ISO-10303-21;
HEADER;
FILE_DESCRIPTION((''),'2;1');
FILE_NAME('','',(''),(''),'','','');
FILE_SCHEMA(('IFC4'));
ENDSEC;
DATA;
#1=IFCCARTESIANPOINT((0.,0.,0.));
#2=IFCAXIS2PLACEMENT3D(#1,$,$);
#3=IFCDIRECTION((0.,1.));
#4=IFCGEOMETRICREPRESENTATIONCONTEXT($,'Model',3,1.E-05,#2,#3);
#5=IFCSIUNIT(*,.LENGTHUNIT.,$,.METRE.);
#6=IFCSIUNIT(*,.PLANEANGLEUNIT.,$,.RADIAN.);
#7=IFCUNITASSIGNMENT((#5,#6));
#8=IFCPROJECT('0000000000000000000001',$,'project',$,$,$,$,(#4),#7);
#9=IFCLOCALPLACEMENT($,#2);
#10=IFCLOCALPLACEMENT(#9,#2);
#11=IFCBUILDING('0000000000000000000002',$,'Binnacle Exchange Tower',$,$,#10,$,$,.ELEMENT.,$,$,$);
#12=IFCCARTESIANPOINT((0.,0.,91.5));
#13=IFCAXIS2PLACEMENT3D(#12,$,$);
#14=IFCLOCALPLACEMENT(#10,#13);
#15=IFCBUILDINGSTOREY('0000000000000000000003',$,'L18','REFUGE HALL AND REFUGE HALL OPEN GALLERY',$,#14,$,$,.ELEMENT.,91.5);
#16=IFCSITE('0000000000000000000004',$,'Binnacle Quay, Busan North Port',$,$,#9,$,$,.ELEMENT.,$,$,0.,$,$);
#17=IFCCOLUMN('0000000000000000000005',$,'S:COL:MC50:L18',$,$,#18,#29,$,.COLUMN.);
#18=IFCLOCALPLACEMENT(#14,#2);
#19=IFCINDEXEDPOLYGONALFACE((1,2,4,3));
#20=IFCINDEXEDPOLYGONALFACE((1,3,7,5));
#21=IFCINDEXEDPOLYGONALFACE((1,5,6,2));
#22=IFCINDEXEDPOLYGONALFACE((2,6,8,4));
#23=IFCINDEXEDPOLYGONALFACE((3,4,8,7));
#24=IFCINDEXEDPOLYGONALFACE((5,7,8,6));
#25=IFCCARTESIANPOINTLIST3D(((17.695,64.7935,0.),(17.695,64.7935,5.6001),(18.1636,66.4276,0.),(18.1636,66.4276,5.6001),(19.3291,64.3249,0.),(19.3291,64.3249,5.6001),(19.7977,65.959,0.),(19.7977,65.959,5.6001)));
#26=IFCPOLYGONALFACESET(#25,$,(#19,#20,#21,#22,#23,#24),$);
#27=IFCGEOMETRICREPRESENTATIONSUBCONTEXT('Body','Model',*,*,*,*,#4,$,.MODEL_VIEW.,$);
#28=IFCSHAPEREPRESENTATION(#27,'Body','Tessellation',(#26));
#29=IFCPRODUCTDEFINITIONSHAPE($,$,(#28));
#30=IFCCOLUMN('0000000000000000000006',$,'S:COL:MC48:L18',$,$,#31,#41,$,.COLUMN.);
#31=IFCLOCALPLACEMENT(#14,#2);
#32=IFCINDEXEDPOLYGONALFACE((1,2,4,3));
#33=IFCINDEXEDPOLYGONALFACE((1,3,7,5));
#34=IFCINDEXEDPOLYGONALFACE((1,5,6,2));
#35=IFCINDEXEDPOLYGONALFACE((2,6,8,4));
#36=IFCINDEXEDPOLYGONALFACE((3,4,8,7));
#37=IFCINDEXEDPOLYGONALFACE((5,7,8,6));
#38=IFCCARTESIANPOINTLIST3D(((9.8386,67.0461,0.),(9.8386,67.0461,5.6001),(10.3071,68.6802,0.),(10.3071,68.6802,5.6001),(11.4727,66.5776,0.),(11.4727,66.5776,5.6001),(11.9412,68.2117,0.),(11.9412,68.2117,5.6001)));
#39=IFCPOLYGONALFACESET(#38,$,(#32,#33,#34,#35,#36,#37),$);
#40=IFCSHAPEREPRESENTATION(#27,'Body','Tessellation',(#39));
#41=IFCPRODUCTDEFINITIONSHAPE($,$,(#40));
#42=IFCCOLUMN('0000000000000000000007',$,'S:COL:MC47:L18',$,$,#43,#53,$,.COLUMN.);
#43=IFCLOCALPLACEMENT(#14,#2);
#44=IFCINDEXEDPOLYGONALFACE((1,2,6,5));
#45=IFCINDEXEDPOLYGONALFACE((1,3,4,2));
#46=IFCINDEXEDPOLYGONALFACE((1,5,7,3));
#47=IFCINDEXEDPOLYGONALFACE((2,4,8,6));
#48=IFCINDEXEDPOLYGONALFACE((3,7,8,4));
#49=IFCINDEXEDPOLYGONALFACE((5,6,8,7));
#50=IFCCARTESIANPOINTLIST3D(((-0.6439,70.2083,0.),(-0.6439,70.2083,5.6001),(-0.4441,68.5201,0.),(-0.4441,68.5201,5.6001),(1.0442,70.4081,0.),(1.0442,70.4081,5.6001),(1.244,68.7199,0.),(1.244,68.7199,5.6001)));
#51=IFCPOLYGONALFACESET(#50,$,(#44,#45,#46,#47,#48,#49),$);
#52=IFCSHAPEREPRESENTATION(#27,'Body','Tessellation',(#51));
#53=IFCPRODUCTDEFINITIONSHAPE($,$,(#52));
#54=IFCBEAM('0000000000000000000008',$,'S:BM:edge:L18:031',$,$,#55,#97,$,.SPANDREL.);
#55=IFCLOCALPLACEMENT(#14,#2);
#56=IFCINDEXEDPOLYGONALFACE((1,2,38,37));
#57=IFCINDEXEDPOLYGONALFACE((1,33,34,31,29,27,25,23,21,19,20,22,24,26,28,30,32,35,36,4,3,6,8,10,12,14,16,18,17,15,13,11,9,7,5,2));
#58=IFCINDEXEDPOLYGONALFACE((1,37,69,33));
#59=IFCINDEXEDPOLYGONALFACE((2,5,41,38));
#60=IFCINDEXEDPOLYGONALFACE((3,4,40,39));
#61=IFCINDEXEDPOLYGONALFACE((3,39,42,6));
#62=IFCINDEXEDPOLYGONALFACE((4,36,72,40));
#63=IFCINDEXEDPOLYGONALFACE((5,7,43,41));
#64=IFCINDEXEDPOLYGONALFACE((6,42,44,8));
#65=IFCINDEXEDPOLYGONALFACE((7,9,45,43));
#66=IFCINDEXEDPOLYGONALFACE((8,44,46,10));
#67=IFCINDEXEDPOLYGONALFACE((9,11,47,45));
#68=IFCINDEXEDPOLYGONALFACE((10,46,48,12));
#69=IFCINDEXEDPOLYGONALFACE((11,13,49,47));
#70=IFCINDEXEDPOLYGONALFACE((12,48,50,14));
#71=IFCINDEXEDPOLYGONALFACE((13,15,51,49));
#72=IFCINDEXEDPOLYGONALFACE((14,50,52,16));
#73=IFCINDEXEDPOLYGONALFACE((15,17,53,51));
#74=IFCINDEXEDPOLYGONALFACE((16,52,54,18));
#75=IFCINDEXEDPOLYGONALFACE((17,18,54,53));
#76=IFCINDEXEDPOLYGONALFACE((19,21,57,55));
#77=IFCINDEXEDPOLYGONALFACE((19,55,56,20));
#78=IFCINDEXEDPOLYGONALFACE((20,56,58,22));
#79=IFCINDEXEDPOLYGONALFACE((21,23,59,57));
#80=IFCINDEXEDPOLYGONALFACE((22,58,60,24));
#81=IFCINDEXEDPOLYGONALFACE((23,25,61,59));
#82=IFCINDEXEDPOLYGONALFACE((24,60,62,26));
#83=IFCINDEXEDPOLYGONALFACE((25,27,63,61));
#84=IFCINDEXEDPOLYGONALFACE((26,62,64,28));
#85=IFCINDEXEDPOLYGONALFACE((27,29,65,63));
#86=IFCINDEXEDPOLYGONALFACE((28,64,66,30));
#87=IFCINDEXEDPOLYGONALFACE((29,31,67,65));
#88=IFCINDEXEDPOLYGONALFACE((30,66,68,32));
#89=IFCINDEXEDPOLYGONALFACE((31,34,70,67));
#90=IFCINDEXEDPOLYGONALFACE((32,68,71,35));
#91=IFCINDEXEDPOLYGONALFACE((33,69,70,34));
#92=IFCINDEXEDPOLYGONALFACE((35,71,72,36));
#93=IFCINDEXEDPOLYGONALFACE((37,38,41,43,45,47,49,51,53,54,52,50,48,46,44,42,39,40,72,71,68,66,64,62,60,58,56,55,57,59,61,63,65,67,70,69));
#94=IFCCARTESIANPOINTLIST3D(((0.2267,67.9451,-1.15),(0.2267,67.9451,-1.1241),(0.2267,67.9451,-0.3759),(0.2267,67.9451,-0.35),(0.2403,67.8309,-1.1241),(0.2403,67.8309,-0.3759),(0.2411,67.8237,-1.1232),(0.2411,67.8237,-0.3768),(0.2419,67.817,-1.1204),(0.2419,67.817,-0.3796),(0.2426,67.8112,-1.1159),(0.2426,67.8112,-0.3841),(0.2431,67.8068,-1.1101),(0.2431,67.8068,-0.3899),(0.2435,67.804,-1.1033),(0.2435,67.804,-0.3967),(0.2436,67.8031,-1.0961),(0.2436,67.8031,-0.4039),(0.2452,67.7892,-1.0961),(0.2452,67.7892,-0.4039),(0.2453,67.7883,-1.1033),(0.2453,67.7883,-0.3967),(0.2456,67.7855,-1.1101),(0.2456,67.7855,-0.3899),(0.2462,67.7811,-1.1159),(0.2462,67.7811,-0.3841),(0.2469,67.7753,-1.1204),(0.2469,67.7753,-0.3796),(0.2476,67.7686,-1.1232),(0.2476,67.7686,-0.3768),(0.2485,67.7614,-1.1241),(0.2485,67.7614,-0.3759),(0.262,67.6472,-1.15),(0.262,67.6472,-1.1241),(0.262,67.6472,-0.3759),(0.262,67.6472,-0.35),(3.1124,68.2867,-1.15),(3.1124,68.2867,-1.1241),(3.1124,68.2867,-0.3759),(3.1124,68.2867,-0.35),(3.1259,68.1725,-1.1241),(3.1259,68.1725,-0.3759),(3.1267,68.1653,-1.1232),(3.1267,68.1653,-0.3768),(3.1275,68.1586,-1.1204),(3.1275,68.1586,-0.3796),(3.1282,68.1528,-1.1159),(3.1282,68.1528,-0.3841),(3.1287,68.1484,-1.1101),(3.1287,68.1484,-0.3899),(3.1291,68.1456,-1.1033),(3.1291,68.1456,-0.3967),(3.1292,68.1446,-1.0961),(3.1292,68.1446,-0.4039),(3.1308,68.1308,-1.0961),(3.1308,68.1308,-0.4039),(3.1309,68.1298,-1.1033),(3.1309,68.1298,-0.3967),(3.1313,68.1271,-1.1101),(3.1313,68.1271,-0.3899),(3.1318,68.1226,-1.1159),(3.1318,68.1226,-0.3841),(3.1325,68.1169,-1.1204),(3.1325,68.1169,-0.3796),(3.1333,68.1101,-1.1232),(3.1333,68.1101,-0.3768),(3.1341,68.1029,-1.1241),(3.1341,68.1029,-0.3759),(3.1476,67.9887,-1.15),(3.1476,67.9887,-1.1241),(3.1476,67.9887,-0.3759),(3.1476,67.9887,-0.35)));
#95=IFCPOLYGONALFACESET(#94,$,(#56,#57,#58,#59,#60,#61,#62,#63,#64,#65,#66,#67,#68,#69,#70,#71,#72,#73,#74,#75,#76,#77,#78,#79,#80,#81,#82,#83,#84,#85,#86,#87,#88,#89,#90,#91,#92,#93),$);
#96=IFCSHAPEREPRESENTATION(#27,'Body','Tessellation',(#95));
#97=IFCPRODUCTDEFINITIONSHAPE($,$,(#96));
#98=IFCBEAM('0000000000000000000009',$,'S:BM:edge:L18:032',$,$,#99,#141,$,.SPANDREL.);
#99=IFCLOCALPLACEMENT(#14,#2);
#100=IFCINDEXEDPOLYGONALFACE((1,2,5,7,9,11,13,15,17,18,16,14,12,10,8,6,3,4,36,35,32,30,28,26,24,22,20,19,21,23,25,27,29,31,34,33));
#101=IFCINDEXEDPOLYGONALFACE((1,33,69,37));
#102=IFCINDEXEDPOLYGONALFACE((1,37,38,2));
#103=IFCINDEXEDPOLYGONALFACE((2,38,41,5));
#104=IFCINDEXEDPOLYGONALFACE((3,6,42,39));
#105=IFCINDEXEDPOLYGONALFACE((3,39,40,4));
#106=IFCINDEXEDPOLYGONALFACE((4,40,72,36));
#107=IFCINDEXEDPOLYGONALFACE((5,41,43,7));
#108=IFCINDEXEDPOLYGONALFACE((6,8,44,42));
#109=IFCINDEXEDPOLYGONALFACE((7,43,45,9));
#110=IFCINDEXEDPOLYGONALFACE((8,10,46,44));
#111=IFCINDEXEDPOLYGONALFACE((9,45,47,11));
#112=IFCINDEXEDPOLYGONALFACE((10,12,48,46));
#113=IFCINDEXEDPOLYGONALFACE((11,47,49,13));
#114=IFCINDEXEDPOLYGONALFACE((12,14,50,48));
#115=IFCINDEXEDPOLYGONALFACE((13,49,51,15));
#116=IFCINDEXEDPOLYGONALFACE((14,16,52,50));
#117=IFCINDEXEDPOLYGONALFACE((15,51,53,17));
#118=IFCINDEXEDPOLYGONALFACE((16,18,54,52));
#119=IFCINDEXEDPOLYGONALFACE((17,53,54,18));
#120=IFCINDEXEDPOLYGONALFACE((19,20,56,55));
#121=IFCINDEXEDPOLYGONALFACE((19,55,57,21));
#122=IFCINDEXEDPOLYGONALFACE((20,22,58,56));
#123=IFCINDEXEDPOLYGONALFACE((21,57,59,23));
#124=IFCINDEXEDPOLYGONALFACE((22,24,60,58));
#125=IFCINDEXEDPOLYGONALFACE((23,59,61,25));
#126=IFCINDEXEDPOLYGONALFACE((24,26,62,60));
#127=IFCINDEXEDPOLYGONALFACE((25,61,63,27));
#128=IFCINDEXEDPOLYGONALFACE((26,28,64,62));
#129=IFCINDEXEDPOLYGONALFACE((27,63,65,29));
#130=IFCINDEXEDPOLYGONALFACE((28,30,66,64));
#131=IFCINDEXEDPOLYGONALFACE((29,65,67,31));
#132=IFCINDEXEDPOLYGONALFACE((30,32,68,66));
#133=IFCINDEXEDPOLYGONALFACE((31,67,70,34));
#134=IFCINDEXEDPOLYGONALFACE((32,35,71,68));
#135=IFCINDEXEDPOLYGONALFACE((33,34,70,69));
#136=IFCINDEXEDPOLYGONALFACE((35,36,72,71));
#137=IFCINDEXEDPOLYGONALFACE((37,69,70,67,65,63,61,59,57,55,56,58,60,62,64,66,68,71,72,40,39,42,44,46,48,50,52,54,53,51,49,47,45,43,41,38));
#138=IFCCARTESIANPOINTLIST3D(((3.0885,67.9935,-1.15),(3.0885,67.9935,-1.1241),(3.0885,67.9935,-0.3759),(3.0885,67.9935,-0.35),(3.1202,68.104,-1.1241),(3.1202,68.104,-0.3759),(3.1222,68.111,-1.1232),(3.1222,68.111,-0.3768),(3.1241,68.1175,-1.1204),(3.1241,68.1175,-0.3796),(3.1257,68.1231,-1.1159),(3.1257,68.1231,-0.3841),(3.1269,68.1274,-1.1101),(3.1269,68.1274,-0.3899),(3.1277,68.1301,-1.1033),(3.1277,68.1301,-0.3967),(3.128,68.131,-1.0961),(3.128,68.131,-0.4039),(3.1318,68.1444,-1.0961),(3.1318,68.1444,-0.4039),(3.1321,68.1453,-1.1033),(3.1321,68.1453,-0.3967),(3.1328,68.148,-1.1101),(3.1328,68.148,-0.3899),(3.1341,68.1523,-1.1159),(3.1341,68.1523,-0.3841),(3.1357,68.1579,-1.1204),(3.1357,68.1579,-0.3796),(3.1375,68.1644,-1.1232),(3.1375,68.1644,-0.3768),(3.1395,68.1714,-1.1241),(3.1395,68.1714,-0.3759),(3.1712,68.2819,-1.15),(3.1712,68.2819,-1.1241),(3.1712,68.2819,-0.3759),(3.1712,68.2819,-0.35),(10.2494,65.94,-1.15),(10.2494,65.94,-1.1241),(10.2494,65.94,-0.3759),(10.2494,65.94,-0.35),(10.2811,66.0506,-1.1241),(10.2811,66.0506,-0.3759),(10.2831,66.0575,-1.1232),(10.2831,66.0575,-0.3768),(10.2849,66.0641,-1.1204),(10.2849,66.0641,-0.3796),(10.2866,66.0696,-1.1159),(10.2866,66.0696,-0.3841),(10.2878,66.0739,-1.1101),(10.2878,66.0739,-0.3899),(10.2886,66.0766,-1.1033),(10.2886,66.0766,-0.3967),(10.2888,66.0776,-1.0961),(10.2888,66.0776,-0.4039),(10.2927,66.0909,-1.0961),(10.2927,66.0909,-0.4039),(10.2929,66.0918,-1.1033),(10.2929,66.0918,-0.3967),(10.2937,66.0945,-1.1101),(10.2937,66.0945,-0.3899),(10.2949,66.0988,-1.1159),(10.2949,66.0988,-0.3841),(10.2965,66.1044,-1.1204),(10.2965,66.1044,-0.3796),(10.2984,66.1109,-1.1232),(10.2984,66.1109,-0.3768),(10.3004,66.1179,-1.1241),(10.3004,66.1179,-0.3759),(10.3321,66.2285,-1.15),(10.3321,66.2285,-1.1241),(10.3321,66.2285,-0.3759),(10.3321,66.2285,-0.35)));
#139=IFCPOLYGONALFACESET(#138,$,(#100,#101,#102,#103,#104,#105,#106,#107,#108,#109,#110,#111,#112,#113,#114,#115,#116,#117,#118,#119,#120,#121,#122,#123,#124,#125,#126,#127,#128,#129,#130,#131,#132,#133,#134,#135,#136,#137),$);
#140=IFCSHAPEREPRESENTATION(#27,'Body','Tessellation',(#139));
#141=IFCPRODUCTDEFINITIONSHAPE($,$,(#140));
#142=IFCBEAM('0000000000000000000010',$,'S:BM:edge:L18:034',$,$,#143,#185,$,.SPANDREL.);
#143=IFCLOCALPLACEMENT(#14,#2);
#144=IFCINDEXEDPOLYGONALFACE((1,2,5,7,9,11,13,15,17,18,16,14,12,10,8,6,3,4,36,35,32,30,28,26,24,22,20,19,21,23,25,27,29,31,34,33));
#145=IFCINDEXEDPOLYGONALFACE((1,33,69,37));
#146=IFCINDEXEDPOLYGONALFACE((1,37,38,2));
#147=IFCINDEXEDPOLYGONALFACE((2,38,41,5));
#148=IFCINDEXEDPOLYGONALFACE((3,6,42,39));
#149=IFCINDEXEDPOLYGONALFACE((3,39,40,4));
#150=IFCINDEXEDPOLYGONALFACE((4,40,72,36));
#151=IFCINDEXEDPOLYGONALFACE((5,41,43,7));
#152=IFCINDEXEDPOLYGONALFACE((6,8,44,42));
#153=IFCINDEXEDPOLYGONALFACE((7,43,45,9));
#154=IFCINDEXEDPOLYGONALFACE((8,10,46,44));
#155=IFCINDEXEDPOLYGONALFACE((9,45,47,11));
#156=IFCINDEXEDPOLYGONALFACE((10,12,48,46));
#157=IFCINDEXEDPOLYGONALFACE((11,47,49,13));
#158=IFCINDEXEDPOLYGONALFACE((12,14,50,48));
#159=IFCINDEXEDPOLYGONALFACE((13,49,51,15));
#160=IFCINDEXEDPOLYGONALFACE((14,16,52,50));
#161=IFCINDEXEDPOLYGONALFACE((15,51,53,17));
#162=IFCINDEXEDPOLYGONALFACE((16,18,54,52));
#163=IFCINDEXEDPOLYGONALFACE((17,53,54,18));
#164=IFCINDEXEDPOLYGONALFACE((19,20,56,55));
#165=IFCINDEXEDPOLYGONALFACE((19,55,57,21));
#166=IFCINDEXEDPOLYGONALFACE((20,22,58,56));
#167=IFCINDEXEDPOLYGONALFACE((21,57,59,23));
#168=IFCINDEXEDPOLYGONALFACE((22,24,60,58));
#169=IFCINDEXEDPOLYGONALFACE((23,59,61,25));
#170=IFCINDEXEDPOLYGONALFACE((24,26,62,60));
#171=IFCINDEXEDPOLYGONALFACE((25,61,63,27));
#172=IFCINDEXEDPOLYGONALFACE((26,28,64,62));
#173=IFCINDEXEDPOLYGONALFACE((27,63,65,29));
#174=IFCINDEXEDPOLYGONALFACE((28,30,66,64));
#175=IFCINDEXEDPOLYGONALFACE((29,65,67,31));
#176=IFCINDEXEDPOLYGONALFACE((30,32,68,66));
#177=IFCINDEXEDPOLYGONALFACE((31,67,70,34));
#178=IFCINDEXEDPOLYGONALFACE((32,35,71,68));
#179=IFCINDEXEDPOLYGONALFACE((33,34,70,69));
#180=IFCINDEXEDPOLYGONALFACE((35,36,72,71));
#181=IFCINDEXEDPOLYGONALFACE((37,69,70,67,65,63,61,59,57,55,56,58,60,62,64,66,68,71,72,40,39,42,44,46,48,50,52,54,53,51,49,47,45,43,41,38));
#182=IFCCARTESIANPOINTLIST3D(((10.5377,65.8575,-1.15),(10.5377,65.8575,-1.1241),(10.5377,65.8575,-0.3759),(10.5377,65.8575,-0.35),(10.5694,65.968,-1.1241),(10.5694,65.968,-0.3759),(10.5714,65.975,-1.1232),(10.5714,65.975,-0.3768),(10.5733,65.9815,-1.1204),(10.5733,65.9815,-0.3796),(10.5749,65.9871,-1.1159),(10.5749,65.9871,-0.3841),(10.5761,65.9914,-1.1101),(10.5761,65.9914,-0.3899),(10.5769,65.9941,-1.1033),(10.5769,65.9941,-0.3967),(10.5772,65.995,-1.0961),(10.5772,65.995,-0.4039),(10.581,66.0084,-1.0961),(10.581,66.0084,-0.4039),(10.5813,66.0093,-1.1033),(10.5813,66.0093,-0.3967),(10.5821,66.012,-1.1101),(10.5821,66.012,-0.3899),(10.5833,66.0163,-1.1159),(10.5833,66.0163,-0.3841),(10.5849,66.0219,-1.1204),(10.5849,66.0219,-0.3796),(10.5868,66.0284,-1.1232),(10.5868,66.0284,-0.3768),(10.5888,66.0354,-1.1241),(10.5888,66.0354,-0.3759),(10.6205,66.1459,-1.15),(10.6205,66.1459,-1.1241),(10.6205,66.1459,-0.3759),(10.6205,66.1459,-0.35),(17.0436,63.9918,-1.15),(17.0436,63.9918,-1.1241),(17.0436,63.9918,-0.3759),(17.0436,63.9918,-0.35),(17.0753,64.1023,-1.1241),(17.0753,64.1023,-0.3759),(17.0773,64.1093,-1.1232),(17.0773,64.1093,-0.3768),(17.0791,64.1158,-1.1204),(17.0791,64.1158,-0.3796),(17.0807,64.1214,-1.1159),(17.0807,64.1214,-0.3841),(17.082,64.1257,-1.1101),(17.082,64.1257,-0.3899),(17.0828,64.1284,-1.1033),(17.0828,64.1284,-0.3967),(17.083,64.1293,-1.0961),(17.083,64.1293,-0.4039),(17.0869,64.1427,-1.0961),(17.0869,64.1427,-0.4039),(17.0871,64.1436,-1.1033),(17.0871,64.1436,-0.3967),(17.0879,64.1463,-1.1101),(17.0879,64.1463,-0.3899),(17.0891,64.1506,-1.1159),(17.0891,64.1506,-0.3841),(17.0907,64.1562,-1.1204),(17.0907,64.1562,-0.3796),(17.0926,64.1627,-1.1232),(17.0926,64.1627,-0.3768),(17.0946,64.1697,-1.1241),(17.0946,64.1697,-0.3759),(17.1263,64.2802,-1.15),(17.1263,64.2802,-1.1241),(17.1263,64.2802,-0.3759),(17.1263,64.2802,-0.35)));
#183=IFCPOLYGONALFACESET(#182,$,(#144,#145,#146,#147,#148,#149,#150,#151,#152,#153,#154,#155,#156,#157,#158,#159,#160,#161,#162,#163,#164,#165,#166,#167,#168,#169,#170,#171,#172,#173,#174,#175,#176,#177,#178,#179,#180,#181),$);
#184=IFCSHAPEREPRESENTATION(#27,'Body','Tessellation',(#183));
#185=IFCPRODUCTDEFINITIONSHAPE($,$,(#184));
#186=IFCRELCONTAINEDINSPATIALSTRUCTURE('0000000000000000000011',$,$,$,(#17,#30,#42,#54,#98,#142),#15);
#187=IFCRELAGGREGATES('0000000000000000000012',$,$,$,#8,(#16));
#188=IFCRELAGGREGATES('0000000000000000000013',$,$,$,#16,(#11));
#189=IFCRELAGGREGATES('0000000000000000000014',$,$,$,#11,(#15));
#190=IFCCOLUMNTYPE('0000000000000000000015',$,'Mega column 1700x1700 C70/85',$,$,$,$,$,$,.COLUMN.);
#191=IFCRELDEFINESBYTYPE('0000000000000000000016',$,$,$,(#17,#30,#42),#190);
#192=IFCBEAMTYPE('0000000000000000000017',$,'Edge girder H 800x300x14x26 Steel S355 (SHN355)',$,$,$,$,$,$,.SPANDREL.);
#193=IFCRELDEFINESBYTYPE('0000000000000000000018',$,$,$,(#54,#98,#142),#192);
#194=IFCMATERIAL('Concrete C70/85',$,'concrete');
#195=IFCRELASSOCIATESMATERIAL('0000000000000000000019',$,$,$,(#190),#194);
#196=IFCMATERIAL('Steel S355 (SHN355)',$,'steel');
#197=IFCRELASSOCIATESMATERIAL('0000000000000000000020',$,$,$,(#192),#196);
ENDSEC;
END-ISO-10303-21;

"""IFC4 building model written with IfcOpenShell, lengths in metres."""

from ifc_helpers import new_model, si_unit, direction, frame, origin, origin_2d, place, context, subcontext, project, spatial, rectangle, i_section, extrude, material, material_profile, profile_set, type_object, element, save


model = new_model("IFC4")

# Units and contexts
model_context = context("Model", 3, precision=1e-05, world=origin(), true_north=direction((0.0, 1.0)))
body_context = subcontext(model_context, "Body", "Model", "MODEL_VIEW")
ifc_project = project(units=[si_unit("LENGTHUNIT", "METRE"), si_unit("PLANEANGLEUNIT", "RADIAN")], contexts=[model_context])

# Site, building, storey
site_placement = place(None, origin())
site = spatial("IfcSite", under=ifc_project, at=site_placement, Name="Binnacle Quay, Busan North Port", CompositionType="ELEMENT", RefElevation=0.0)
building_placement = place(site_placement, origin())
building = spatial("IfcBuilding", under=site, at=building_placement, Name="Binnacle Exchange Tower", CompositionType="ELEMENT")
storey_placement = place(building_placement, frame((0.0, 0.0, 91.5)))
storey = spatial("IfcBuildingStorey", under=building, at=storey_placement, Name="L18", Description="REFUGE HALL AND REFUGE HALL OPEN GALLERY", CompositionType="ELEMENT", Elevation=91.5)

# Columns
ifc_material_1 = material(Name="Concrete C70/85", Category="concrete")
ifc_material_profile_1 = material_profile(ifc_material_1, rectangle(XDim=1.7, YDim=1.7, at=origin_2d()), Name="Mega column 1700x1700 C70/85")
ifc_profile_set_1 = profile_set([ifc_material_profile_1], Name="Concrete C70/85")
column_type = type_object("IfcColumnType", Name="Mega column 1700x1700 C70/85", PredefinedType="COLUMN", material=ifc_profile_set_1)
for number, where, z_axis, x_axis, name in (
    (1, (18.7463, 65.3762, 0.0), (0.0, 0.0, 1.0), (-0.961262, 0.275637, 0.0), "S:COL:MC50:L18"),
    (2, (10.8899, 67.6289, 0.0), (0.0, 0.0, 1.0), (-0.961262, 0.275637, 0.0), "S:COL:MC48:L18"),
    (3, (0.3, 69.4641, 0.0), (0.0, 0.0, 1.0), (-0.993068, -0.117537, 0.0), "S:COL:MC47:L18"),
):
    element("IfcColumn", number, at=place(storey_placement, frame(where, z_axis=z_axis, x_axis=x_axis)), inside=storey, type_object=column_type, Name=name, PredefinedType="COLUMN", context=body_context, shape_type="SweptSolid", body=[
        extrude(rectangle(XDim=1.7, YDim=1.7, at=origin_2d()), origin(), (0.0, 0.0, 1.0), 5.6001),
    ])

# Beams
ifc_material_2 = material(Name="Steel S355 (SHN355)", Category="steel")
ifc_material_profile_2 = material_profile(ifc_material_2, i_section(OverallWidth=0.3, OverallDepth=0.8, WebThickness=0.0139, FlangeThickness=0.0259, FilletRadius=0.0281, at=origin_2d()), Name="H 800x300x14x26")
ifc_profile_set_2 = profile_set([ifc_material_profile_2], Name="Steel S355 (SHN355)")
beam_type_1 = type_object("IfcBeamType", Name="Edge girder H 800x300x14x26 Steel S355 (SHN355)", PredefinedType="SPANDREL", material=ifc_profile_set_2)
beam_1_placement = place(storey_placement, frame((0.2444, 67.7961, -0.75), z_axis=(0.993067, 0.117548, 0.0), x_axis=(-0.117548, 0.993067, 0.0)))
element("IfcBeam", 4, at=beam_1_placement, inside=storey, type_object=beam_type_1, Name="S:BM:edge:L18:031", PredefinedType="SPANDREL", context=body_context, shape_type="SweptSolid", body=[
    extrude(i_section(OverallWidth=0.3, OverallDepth=0.8, WebThickness=0.0139, FlangeThickness=0.0259, FilletRadius=0.0281, at=origin_2d()), origin(), (0.0, 0.0, 1.0), 2.9058),
])
beam_2_placement = place(storey_placement, frame((3.1299, 68.1377, -0.75), z_axis=(0.961258, -0.275652, 0.0), x_axis=(0.275652, 0.961258, 0.0)))
element("IfcBeam", 5, at=beam_2_placement, inside=storey, type_object=beam_type_1, Name="S:BM:edge:L18:032", PredefinedType="SPANDREL", context=body_context, shape_type="SweptSolid", body=[
    extrude(i_section(OverallWidth=0.3, OverallDepth=0.8, WebThickness=0.0139, FlangeThickness=0.0259, FilletRadius=0.0281, at=origin_2d()), origin(), (0.0, 0.0, 1.0), 7.4495),
])
beam_3_placement = place(storey_placement, frame((10.5791, 66.0017, -0.75), z_axis=(0.961254, -0.275664, 0.0), x_axis=(0.275664, 0.961254, 0.0)))
element("IfcBeam", 6, at=beam_3_placement, inside=storey, type_object=beam_type_1, Name="S:BM:edge:L18:034", PredefinedType="SPANDREL", context=body_context, shape_type="SweptSolid", body=[
    extrude(i_section(OverallWidth=0.3, OverallDepth=0.8, WebThickness=0.0139, FlangeThickness=0.0259, FilletRadius=0.0281, at=origin_2d()), origin(), (0.0, 0.0, 1.0), 6.7681),
])

save(model, "model.ifc")
